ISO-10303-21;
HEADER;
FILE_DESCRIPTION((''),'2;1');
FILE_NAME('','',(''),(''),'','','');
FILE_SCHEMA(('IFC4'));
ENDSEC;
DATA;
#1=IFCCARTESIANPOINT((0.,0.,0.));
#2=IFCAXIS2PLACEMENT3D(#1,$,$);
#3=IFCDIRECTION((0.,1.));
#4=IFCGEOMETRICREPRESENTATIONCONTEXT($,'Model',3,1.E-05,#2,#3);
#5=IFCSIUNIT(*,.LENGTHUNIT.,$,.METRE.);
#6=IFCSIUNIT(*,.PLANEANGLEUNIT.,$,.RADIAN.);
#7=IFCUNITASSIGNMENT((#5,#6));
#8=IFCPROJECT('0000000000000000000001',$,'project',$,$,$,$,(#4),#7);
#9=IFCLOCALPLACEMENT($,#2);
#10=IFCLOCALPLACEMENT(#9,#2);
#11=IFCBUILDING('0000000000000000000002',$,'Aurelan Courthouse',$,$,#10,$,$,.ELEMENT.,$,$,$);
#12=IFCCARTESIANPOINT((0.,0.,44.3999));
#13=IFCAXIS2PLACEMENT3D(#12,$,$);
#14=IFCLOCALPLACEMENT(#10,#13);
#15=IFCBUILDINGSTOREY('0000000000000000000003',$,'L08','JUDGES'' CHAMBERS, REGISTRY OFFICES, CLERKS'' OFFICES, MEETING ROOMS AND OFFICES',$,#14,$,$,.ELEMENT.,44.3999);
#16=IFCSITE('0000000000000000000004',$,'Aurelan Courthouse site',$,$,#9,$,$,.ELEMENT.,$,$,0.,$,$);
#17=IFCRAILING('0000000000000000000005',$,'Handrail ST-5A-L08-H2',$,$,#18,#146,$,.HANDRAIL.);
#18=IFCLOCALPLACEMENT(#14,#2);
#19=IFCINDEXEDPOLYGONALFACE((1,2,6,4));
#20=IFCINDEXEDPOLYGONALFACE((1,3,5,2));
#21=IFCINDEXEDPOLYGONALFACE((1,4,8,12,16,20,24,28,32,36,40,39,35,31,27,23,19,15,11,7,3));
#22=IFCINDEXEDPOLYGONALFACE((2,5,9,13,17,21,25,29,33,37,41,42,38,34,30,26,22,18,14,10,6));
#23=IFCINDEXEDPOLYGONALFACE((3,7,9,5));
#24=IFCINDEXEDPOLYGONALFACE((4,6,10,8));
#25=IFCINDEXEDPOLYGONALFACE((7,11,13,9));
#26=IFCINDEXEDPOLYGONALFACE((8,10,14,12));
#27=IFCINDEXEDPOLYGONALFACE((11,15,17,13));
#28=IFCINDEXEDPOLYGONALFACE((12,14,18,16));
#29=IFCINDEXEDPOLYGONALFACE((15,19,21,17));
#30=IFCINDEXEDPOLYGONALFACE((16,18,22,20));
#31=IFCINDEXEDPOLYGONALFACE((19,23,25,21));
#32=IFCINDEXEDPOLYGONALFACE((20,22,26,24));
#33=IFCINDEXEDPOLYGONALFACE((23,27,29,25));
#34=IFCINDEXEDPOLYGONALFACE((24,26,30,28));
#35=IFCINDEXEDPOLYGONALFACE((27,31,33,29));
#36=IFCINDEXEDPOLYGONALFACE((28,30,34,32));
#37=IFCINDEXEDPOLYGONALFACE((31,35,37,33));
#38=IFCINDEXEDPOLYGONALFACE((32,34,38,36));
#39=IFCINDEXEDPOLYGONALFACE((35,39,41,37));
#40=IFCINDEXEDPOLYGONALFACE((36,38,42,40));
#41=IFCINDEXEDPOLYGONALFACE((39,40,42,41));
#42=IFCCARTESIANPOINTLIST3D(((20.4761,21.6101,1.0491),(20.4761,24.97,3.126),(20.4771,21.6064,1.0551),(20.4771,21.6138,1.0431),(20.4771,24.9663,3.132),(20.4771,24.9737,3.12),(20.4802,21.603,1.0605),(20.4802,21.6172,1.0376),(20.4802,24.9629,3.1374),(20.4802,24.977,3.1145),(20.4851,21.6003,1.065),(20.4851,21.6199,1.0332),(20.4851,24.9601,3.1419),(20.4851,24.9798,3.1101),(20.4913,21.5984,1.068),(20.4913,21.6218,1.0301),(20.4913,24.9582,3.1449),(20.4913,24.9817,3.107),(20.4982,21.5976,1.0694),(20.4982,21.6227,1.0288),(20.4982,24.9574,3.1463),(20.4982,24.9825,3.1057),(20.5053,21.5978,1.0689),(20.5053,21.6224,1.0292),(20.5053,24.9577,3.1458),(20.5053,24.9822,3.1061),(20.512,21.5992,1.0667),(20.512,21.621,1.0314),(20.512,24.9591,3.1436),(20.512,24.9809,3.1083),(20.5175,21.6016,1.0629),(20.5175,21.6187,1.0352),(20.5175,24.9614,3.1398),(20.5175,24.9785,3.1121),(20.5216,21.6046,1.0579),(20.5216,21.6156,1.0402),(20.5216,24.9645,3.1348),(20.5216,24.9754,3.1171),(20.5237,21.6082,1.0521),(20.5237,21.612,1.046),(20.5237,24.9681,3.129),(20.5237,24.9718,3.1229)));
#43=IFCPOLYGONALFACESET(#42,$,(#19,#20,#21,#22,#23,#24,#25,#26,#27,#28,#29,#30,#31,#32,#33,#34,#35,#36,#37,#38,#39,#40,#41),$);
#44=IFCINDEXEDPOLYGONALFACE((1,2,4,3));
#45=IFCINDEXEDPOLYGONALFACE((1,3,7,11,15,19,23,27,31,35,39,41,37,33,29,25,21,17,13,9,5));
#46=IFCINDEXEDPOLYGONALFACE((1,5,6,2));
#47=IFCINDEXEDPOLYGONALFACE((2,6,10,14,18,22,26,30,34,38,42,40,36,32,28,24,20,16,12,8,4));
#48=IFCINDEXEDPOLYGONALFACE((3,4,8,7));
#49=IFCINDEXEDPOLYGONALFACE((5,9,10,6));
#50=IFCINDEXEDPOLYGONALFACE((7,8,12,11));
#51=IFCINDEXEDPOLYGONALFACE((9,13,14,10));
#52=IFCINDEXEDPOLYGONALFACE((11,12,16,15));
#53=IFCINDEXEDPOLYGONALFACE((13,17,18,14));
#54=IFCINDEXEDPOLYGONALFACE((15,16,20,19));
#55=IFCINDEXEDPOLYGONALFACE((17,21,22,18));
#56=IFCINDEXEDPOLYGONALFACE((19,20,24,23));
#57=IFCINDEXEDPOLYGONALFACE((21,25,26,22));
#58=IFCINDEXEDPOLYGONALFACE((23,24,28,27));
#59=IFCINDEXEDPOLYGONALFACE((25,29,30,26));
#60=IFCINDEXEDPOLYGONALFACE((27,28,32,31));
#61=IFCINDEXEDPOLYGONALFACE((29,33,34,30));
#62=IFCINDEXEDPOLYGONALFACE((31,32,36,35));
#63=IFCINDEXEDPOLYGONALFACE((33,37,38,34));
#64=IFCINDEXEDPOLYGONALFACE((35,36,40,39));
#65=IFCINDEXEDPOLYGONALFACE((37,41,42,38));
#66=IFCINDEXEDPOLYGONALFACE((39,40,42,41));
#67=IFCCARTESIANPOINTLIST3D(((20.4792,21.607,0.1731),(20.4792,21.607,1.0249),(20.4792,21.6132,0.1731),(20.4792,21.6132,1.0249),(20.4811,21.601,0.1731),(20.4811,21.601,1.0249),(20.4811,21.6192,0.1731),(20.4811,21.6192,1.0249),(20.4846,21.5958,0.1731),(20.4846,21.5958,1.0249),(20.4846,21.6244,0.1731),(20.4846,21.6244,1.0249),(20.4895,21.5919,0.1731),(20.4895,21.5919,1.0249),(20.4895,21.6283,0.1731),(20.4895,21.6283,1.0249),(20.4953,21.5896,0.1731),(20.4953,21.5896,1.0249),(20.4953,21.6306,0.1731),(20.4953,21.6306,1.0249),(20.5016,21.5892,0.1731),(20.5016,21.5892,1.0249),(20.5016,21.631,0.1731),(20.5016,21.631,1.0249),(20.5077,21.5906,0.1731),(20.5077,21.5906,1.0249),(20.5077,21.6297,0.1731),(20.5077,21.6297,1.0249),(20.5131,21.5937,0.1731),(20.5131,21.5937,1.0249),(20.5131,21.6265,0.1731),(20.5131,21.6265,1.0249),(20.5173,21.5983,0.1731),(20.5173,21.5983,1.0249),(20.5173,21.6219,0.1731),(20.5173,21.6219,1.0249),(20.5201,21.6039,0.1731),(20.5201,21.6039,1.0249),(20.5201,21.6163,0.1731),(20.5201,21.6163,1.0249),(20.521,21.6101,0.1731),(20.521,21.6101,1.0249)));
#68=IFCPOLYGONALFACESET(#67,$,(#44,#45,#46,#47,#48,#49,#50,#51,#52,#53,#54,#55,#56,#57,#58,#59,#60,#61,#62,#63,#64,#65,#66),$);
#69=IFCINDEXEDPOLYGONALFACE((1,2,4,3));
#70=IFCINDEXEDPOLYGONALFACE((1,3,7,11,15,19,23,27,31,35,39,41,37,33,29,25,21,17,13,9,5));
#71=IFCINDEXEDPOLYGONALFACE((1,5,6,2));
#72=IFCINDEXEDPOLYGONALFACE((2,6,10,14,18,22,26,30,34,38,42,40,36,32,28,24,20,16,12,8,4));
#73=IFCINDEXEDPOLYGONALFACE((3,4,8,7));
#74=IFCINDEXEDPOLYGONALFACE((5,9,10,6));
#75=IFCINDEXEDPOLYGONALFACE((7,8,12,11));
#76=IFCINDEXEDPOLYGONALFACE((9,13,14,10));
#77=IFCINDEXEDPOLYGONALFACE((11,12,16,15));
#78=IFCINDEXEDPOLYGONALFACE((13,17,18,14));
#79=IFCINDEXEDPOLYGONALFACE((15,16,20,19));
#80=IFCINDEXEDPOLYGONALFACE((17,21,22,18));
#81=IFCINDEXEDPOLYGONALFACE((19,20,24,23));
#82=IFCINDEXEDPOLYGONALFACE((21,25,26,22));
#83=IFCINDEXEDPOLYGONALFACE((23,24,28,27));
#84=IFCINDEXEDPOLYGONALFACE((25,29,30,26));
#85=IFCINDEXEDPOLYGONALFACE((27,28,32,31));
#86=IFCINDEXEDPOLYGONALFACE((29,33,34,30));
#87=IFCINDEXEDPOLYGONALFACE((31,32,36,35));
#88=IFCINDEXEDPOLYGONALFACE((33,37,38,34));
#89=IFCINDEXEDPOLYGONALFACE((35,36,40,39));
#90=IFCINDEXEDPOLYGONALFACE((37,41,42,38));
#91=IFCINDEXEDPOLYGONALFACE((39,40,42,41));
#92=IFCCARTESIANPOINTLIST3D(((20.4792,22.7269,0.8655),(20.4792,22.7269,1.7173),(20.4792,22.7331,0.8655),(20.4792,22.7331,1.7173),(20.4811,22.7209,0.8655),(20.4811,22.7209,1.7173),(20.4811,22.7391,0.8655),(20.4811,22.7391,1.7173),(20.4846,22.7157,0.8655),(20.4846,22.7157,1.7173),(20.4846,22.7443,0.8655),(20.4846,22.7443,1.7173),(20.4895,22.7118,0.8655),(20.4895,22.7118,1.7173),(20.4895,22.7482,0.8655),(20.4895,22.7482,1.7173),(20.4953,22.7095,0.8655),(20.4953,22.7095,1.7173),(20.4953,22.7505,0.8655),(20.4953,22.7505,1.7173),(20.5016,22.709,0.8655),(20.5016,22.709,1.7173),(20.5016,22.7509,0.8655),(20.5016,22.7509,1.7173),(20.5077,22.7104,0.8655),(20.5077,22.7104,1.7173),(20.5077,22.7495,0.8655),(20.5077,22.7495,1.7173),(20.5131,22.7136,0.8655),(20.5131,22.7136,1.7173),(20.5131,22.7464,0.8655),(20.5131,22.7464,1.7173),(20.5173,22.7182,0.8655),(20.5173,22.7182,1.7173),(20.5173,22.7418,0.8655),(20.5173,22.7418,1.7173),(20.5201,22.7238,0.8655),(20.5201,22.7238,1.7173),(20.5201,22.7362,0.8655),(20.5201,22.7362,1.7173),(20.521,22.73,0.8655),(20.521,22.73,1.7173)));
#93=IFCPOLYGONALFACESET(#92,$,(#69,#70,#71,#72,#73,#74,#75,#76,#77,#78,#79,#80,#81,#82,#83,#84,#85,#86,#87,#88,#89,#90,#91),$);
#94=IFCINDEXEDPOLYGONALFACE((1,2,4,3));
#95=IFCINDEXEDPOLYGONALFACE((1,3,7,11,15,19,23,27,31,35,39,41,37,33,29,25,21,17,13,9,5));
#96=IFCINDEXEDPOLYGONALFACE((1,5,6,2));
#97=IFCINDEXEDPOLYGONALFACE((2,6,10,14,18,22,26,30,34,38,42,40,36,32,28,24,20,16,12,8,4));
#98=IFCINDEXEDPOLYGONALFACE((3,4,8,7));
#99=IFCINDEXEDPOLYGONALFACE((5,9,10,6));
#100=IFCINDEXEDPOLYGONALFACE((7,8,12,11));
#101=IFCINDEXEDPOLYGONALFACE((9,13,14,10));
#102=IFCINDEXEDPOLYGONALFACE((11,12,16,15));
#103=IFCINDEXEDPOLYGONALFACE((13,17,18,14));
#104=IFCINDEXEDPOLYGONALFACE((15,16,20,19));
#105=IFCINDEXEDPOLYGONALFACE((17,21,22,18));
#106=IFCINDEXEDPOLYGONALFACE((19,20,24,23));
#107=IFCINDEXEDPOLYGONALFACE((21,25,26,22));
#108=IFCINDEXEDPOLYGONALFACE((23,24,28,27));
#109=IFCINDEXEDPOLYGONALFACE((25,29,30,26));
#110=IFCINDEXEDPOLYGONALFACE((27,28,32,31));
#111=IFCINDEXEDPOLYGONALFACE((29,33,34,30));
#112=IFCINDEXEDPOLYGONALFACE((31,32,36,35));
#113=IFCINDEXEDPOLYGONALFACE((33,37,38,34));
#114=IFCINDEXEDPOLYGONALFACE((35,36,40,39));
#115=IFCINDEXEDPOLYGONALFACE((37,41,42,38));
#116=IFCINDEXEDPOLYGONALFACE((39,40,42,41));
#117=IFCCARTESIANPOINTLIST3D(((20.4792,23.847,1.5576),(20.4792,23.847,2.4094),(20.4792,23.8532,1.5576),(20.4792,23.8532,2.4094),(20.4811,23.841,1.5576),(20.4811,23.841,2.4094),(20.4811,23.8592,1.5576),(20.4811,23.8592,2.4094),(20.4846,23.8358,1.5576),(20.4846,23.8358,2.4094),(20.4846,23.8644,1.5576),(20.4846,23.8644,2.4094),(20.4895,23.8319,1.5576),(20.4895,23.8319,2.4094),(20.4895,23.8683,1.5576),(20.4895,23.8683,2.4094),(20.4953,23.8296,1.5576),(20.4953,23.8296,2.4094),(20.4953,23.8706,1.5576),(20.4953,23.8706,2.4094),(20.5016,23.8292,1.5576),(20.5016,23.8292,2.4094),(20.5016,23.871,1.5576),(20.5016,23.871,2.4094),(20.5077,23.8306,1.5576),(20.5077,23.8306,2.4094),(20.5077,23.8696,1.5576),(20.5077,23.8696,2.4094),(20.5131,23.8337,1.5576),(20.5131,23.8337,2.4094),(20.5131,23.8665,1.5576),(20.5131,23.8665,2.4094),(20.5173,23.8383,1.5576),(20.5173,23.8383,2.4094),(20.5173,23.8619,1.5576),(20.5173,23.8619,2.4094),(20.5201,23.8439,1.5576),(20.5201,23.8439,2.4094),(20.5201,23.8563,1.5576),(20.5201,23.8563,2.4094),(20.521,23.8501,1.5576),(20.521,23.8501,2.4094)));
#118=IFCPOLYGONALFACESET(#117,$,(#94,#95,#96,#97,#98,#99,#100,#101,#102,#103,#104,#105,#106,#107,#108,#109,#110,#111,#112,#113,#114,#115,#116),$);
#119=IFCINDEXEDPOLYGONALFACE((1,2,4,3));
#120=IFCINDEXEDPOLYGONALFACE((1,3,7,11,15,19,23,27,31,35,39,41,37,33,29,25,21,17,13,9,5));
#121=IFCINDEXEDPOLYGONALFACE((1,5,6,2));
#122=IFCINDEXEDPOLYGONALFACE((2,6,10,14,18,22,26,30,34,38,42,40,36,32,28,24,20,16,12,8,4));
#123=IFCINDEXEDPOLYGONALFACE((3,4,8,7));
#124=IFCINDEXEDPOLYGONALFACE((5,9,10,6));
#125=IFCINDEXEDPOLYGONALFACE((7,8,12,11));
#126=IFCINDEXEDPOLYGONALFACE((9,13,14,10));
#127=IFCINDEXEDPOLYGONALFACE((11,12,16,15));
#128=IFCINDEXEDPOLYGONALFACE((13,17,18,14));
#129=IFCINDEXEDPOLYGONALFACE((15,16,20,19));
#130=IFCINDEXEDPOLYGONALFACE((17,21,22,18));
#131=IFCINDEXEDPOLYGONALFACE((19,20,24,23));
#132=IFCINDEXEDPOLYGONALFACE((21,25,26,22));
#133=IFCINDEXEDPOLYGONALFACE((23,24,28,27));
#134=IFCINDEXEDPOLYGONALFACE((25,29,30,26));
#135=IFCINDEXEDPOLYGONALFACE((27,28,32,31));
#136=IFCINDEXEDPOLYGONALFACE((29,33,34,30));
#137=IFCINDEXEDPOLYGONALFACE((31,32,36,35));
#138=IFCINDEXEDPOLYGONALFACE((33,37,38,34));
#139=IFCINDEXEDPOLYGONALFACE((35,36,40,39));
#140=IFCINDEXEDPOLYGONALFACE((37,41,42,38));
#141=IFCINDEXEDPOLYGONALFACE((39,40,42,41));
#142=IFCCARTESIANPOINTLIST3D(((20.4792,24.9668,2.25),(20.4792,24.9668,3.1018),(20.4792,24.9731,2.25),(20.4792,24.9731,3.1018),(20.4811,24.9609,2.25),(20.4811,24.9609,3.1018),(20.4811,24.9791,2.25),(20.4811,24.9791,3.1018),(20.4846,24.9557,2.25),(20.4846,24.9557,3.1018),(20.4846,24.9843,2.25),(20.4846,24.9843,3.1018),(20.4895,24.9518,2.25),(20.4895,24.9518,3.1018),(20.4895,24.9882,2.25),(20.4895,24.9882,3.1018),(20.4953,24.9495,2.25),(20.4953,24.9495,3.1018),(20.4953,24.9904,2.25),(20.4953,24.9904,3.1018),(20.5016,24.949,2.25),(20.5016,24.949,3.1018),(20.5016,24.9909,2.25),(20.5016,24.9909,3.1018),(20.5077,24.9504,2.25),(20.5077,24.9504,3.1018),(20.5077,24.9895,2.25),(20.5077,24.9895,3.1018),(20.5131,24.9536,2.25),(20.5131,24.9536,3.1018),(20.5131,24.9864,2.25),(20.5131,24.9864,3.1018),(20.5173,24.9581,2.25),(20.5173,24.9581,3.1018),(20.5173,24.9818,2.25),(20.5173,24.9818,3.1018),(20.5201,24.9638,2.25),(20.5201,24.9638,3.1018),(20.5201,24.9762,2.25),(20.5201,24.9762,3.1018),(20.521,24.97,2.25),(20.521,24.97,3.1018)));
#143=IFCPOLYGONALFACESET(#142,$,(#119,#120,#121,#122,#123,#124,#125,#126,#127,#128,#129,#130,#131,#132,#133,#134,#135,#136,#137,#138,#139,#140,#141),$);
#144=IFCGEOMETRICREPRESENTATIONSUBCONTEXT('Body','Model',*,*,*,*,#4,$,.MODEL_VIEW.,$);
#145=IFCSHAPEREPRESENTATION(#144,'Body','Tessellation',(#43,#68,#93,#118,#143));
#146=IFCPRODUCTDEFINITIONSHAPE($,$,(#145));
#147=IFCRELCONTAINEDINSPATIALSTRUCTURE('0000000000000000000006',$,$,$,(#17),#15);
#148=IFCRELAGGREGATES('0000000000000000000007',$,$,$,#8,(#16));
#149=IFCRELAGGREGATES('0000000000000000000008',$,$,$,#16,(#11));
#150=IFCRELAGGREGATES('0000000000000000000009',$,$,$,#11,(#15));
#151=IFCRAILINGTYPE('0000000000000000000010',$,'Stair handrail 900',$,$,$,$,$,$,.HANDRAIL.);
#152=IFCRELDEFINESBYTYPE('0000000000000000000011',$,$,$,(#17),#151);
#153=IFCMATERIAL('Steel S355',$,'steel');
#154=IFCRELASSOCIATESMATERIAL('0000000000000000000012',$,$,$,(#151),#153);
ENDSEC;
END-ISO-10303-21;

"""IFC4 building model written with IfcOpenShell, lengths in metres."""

from ifc_helpers import new_model, si_unit, direction, frame, origin, origin_2d, place, context, subcontext, project, spatial, circle, extrude, material, type_object, element, save


model = new_model("IFC4")

# Units and contexts
model_context = context("Model", 3, precision=1e-05, world=origin(), true_north=direction((0.0, 1.0)))
body_context = subcontext(model_context, "Body", "Model", "MODEL_VIEW")
ifc_project = project(units=[si_unit("LENGTHUNIT", "METRE"), si_unit("PLANEANGLEUNIT", "RADIAN")], contexts=[model_context])

# Site, building, storey
site_placement = place(None, origin())
site = spatial("IfcSite", under=ifc_project, at=site_placement, Name="Aurelan Courthouse site", CompositionType="ELEMENT", RefElevation=0.0)
building_placement = place(site_placement, origin())
building = spatial("IfcBuilding", under=site, at=building_placement, Name="Aurelan Courthouse", CompositionType="ELEMENT")
storey_placement = place(building_placement, frame((0.0, 0.0, 44.3999)))
storey = spatial("IfcBuildingStorey", under=building, at=storey_placement, Name="L08", Description="JUDGES' CHAMBERS, REGISTRY OFFICES, CLERKS' OFFICES, MEETING ROOMS AND OFFICES", CompositionType="ELEMENT", Elevation=44.3999)

# Railing
ifc_material_1 = material(Name="Steel S355", Category="steel")
railing_type_1 = type_object("IfcRailingType", Name="Stair handrail 900", PredefinedType="HANDRAIL", material=ifc_material_1)
railing_1_placement = place(storey_placement, frame((20.5, 21.6101, 0.1731)))
element("IfcRailing", 1, at=railing_1_placement, inside=storey, type_object=railing_type_1, Name="Handrail ST-5A-L08-H2", PredefinedType="HANDRAIL", context=body_context, shape_type="SweptSolid", body=[
    extrude(circle(Radius=0.0239, at=origin_2d()), frame((0.0, 0.0, 0.876), z_axis=(0.0, 0.850606, 0.525803), x_axis=(-1.0, 0.0, 0.0)), (0.0, 0.0, 1.0), 3.95),
    extrude(circle(Radius=0.021, at=origin_2d()), origin(), (0.0, 0.0, 1.0), 0.8518),
    extrude(circle(Radius=0.021, at=origin_2d()), frame((0.0, 1.1199, 0.6924)), (0.0, 0.0, 1.0), 0.8518),
    extrude(circle(Radius=0.021, at=origin_2d()), frame((0.0, 2.24, 1.3845)), (0.0, 0.0, 1.0), 0.8518),
    extrude(circle(Radius=0.021, at=origin_2d()), frame((0.0, 3.3599, 2.0769)), (0.0, 0.0, 1.0), 0.8518),
])

save(model, "model.ifc")
